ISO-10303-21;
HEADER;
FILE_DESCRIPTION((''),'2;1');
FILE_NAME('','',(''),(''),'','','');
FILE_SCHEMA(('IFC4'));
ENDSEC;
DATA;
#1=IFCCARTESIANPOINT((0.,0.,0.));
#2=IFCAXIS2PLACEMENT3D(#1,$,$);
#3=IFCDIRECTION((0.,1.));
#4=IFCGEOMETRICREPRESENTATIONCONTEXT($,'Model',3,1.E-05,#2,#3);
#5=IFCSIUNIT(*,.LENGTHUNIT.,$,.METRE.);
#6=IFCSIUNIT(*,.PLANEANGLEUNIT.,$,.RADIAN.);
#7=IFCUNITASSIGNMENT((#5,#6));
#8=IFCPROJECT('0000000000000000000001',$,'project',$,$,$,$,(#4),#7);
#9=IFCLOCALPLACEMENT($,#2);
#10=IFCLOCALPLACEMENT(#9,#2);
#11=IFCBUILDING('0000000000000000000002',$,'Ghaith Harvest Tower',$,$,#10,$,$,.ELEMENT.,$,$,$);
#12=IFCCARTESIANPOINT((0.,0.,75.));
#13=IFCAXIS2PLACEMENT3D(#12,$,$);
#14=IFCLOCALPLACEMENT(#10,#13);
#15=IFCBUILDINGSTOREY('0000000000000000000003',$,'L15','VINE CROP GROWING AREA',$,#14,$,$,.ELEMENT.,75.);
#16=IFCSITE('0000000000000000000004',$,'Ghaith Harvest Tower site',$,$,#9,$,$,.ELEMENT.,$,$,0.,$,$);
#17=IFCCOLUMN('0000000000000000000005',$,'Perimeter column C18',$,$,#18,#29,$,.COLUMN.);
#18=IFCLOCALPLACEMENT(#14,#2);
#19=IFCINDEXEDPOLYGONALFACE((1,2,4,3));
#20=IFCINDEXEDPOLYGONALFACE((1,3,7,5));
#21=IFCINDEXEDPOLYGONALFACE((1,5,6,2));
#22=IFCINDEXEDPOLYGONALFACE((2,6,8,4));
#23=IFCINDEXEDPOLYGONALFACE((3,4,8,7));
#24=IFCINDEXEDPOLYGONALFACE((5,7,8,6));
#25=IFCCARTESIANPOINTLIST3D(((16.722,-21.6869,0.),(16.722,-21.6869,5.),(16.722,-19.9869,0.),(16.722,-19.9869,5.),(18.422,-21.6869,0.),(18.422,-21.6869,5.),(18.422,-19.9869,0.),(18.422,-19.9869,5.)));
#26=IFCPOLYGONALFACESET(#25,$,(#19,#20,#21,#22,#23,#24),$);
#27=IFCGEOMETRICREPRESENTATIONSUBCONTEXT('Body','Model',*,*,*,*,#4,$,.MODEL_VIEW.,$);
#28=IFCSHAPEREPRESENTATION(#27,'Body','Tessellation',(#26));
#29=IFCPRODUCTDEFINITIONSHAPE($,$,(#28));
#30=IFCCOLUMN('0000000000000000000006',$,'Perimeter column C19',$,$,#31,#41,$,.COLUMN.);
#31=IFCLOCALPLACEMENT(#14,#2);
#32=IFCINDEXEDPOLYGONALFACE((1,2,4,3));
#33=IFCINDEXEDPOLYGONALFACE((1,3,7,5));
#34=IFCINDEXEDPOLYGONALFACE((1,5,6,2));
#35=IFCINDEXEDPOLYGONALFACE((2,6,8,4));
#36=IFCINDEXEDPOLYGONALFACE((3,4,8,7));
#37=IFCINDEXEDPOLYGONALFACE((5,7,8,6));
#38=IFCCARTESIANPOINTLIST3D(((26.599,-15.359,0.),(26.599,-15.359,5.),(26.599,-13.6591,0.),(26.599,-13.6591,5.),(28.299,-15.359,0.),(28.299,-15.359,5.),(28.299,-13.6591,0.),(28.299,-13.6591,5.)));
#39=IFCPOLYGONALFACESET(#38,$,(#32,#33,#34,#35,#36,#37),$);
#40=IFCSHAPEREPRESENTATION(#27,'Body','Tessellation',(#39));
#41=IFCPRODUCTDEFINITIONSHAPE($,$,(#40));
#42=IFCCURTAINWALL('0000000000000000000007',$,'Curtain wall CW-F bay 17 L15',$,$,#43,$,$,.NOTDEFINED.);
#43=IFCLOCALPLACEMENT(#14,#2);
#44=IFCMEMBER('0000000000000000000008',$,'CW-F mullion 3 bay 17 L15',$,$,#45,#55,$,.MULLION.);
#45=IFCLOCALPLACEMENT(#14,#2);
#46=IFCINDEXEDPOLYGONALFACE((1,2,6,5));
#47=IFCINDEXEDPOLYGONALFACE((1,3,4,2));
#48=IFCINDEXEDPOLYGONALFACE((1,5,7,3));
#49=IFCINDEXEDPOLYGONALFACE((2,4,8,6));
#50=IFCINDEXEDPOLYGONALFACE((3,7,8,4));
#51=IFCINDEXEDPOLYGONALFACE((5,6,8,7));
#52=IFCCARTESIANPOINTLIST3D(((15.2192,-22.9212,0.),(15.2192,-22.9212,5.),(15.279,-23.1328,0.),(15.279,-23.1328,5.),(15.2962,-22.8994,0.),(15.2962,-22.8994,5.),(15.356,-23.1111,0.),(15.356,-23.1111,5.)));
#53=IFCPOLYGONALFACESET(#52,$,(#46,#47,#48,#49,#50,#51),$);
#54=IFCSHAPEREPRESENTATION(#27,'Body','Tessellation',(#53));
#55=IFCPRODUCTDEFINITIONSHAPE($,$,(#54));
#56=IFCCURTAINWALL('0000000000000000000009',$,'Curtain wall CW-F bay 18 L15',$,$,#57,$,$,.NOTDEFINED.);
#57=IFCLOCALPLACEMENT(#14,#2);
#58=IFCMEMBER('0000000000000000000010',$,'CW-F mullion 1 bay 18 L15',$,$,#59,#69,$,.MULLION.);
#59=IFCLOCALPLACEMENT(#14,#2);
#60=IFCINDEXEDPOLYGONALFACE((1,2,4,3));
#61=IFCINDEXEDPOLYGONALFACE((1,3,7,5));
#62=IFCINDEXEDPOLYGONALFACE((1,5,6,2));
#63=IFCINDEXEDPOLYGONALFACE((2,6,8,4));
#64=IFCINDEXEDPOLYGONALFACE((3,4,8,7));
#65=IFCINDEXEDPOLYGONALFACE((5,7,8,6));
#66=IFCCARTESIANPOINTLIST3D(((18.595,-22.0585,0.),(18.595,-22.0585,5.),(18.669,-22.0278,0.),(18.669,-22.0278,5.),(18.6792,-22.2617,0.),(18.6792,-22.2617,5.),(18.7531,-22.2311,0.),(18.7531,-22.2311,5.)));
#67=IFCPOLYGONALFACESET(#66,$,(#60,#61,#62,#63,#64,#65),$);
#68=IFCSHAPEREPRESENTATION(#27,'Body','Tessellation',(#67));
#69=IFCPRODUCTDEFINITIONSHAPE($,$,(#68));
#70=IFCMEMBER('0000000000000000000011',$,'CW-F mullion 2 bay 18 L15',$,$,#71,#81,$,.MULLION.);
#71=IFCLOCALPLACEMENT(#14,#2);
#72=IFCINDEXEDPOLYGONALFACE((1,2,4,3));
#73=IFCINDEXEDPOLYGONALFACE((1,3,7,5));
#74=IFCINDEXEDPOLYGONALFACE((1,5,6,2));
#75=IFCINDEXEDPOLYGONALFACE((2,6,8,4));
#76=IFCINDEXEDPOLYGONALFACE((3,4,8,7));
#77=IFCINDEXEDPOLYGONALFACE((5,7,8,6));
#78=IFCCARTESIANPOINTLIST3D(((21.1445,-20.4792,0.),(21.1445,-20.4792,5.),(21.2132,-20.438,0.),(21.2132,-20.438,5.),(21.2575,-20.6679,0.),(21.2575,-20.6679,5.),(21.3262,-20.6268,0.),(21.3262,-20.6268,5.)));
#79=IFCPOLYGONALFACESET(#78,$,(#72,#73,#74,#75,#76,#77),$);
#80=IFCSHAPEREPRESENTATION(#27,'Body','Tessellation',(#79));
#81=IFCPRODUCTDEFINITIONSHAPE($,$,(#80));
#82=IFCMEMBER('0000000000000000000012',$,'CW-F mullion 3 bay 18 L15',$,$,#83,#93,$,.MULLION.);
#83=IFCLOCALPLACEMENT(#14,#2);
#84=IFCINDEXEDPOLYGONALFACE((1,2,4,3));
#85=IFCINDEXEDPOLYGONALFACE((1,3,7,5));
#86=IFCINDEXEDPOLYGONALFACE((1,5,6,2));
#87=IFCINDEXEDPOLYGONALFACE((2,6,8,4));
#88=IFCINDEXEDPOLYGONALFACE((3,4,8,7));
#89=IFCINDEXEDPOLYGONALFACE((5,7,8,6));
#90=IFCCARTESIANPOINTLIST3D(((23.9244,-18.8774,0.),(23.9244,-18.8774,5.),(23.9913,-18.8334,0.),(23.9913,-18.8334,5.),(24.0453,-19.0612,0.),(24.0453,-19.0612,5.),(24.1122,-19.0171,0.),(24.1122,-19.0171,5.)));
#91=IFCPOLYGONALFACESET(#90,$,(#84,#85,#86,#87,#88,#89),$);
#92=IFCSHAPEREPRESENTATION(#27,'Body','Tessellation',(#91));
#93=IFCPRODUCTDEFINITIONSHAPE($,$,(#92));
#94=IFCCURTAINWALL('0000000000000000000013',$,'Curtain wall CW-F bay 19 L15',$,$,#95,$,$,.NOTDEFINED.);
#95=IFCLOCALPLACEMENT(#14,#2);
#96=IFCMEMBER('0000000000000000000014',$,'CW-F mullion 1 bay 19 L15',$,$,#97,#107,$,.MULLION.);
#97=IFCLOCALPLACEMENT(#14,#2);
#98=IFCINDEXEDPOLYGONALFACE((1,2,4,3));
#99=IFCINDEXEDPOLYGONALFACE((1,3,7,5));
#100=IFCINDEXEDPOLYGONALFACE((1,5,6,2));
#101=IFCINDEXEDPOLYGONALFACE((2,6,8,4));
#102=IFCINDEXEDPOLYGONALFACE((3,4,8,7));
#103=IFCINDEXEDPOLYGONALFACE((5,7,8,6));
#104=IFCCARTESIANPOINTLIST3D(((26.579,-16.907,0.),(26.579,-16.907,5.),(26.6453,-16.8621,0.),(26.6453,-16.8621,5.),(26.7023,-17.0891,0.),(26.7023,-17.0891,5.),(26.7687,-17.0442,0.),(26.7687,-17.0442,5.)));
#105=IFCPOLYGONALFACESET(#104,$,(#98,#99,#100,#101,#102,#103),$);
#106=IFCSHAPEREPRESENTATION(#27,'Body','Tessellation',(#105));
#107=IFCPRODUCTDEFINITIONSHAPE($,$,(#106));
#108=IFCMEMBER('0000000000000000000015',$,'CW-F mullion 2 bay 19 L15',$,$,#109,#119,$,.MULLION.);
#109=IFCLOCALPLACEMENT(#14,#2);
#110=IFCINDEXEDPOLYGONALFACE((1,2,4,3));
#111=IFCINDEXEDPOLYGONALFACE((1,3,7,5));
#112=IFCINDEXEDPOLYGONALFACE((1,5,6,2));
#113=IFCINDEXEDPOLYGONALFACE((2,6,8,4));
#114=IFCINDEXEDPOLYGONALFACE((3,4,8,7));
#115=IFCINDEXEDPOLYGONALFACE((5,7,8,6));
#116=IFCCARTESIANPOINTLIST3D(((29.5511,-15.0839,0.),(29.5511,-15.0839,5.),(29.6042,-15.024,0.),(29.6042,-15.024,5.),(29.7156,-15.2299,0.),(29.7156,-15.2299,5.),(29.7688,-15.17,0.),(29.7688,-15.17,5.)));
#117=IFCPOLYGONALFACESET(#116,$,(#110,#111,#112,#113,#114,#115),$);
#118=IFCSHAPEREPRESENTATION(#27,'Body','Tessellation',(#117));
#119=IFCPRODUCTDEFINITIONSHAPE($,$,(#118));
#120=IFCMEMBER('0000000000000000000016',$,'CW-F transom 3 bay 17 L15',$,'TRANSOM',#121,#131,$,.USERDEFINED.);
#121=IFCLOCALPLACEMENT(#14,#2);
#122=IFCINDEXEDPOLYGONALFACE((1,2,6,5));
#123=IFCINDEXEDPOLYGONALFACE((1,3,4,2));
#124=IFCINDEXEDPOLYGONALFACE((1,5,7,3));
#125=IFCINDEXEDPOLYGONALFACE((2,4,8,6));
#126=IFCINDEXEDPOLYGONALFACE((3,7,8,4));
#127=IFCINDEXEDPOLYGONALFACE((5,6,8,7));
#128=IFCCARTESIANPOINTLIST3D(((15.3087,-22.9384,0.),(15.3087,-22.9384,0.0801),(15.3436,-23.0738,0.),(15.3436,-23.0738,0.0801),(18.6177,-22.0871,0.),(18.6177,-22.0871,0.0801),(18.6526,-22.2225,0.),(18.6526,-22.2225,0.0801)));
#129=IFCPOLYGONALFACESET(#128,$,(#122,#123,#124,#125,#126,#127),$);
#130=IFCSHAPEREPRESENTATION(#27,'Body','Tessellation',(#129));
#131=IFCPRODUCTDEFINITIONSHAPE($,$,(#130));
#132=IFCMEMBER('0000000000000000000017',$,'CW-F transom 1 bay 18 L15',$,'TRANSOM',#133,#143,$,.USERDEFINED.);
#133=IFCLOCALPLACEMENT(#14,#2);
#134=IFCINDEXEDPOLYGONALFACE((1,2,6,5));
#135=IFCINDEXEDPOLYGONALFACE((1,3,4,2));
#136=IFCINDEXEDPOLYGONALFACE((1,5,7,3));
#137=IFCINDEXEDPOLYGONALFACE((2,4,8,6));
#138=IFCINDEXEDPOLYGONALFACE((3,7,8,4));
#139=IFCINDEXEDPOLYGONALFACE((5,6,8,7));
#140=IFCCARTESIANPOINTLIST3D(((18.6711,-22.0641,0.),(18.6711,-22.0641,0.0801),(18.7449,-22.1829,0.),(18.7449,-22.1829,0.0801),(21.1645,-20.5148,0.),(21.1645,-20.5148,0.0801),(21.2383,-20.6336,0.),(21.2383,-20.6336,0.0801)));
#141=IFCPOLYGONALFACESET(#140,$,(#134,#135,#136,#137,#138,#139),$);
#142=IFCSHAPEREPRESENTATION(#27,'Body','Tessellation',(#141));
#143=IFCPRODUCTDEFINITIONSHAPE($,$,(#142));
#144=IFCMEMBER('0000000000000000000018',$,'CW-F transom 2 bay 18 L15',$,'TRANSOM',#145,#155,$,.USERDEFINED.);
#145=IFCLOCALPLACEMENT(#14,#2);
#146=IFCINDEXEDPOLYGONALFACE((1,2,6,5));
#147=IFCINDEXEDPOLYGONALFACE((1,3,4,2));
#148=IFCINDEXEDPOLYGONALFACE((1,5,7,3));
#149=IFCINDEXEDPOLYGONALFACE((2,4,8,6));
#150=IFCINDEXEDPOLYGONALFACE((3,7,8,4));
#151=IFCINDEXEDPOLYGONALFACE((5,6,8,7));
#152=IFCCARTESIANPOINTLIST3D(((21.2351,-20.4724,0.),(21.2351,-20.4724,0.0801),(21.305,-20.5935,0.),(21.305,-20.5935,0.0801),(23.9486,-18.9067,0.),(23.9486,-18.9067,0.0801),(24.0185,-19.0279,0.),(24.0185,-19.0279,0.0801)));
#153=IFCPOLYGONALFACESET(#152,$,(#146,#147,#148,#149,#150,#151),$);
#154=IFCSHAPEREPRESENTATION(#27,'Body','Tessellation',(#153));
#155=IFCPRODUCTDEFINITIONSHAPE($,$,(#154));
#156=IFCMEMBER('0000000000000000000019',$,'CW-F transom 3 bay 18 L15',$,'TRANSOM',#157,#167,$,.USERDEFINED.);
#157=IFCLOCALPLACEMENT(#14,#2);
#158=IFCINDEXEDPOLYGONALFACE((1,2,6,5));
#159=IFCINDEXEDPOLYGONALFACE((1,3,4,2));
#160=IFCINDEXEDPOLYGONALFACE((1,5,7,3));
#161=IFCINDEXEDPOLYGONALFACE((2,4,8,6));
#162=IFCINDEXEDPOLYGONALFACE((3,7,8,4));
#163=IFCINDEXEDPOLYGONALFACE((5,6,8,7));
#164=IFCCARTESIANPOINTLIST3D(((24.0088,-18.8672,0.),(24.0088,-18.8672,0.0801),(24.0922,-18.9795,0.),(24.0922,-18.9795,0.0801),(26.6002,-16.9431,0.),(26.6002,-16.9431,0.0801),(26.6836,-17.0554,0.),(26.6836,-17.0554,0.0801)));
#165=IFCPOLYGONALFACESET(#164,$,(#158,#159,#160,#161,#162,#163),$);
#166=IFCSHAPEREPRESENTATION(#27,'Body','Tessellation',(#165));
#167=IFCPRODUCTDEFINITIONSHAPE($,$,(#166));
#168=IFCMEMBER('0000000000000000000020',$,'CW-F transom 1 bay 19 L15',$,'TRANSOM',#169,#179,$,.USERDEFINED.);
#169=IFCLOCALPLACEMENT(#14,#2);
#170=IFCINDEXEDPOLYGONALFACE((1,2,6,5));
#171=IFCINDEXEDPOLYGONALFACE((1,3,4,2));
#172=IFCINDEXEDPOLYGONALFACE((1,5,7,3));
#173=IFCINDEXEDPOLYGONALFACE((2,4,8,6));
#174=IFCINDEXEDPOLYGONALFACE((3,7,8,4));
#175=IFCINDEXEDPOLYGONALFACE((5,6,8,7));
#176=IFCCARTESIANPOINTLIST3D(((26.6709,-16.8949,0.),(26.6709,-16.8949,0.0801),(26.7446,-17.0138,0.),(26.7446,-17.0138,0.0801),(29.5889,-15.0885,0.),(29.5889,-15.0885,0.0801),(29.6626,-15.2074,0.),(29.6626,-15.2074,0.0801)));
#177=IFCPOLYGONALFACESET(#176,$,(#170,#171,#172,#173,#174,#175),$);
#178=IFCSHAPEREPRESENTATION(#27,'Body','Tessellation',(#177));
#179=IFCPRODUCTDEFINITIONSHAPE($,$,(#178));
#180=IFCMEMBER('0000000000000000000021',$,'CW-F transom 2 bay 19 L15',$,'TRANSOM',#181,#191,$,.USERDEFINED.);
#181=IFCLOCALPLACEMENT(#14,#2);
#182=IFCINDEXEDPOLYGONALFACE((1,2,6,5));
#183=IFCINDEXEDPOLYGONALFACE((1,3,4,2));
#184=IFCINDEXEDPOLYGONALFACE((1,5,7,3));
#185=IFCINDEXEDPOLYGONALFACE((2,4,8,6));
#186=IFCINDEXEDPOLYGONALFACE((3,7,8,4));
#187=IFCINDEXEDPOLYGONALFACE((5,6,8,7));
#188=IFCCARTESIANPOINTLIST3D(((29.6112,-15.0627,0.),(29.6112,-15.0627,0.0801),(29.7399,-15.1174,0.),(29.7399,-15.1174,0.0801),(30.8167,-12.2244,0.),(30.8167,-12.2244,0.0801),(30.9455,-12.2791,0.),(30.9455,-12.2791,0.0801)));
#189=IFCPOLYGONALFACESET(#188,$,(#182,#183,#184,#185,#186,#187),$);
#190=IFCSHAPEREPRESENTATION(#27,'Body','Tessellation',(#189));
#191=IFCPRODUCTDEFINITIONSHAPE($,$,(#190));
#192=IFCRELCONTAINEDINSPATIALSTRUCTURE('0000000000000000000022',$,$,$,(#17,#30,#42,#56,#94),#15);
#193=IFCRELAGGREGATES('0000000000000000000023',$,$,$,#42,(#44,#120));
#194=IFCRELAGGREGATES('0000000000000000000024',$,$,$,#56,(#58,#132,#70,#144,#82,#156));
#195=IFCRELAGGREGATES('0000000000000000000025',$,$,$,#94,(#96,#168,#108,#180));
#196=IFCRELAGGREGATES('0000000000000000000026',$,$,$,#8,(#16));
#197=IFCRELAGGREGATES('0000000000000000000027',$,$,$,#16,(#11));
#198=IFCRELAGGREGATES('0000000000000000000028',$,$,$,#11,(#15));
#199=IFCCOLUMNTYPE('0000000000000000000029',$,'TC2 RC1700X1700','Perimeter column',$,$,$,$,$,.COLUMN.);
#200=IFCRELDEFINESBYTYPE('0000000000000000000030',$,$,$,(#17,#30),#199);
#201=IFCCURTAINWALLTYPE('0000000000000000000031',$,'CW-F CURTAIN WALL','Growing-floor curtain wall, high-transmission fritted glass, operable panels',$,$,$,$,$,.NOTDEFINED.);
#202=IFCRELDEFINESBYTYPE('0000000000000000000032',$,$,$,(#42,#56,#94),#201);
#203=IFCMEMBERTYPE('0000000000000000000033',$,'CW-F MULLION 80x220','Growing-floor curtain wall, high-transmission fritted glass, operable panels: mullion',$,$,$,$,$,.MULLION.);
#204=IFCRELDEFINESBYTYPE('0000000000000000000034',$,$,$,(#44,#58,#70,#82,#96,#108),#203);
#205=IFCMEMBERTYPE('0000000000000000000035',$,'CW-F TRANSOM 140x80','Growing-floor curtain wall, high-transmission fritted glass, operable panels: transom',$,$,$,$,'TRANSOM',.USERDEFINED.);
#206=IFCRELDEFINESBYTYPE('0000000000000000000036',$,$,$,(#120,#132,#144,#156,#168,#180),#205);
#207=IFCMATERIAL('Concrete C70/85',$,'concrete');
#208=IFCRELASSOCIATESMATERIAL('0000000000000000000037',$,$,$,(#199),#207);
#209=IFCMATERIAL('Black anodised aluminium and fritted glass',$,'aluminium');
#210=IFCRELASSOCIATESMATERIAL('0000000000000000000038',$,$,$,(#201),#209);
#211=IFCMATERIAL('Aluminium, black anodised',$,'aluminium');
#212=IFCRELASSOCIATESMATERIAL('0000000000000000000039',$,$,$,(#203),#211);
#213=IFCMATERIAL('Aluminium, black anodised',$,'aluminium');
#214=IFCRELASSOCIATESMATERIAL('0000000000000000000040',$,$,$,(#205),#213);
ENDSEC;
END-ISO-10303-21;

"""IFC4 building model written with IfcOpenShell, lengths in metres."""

from ifc_helpers import new_model, si_unit, direction, frame, origin, origin_2d, place, context, subcontext, project, spatial, rectangle, extrude, material, material_profile, profile_set, type_object, element, aggregate, save


model = new_model("IFC4")

# Units and contexts
model_context = context("Model", 3, precision=1e-05, world=origin(), true_north=direction((0.0, 1.0)))
body_context = subcontext(model_context, "Body", "Model", "MODEL_VIEW")
ifc_project = project(units=[si_unit("LENGTHUNIT", "METRE"), si_unit("PLANEANGLEUNIT", "RADIAN")], contexts=[model_context])

# Site, building, storey
site_placement = place(None, origin())
site = spatial("IfcSite", under=ifc_project, at=site_placement, Name="Ghaith Harvest Tower site", CompositionType="ELEMENT", RefElevation=0.0)
building_placement = place(site_placement, origin())
building = spatial("IfcBuilding", under=site, at=building_placement, Name="Ghaith Harvest Tower", CompositionType="ELEMENT")
storey_placement = place(building_placement, frame((0.0, 0.0, 75.0)))
storey = spatial("IfcBuildingStorey", under=building, at=storey_placement, Name="L15", Description="VINE CROP GROWING AREA", CompositionType="ELEMENT", Elevation=75.0)

# Columns
ifc_material_1 = material(Name="Concrete C70/85", Category="concrete")
ifc_material_profile_1 = material_profile(ifc_material_1, rectangle(XDim=1.7, YDim=1.7, at=origin_2d()), Name="RC1700X1700")
ifc_profile_set_1 = profile_set([ifc_material_profile_1], Name="Concrete C70/85")
column_type = type_object("IfcColumnType", Name="TC2 RC1700X1700", Description="Perimeter column", PredefinedType="COLUMN", material=ifc_profile_set_1)
for number, where, z_axis, x_axis, name in (
    (1, (17.572, -20.8369, 0.0), (0.0, 0.0, 1.0), (1.0, 0.0, 0.0), "Perimeter column C18"),
    (2, (27.449, -14.509, 0.0), (0.0, 0.0, 1.0), (1.0, 0.0, 0.0), "Perimeter column C19"),
):
    element("IfcColumn", number, at=place(storey_placement, frame(where, z_axis=z_axis, x_axis=x_axis)), inside=storey, type_object=column_type, Name=name, PredefinedType="COLUMN", context=body_context, shape_type="SweptSolid", body=[
        extrude(rectangle(XDim=1.7, YDim=1.7, at=origin_2d()), origin(), (0.0, 0.0, 1.0), 5.0),
    ])

# Curtain wall, member
ifc_material_2 = material(Name="Black anodised aluminium and fritted glass", Category="aluminium")
curtain_wall_type = type_object("IfcCurtainWallType", Name="CW-F CURTAIN WALL", Description="Growing-floor curtain wall, high-transmission fritted glass, operable panels", PredefinedType="NOTDEFINED", material=ifc_material_2)
curtain_wall_1_placement = place(storey_placement, origin())
curtain_wall_1 = element("IfcCurtainWall", 3, at=curtain_wall_1_placement, inside=storey, type_object=curtain_wall_type, Name="Curtain wall CW-F bay 17 L15", PredefinedType="NOTDEFINED")
ifc_material_3 = material(Name="Aluminium, black anodised", Category="aluminium")
ifc_material_profile_2 = material_profile(ifc_material_3, rectangle(XDim=0.0801, YDim=0.22, at=origin_2d()), Name="CW-F MULLION 80x220")
ifc_profile_set_2 = profile_set([ifc_material_profile_2], Name="Aluminium, black anodised")
member_type_1 = type_object("IfcMemberType", Name="CW-F MULLION 80x220", Description="Growing-floor curtain wall, high-transmission fritted glass, operable panels: mullion", PredefinedType="MULLION", material=ifc_profile_set_2)
member_1_placement = place(storey_placement, frame((15.2876, -23.0161, 0.0), z_axis=(0.0, 0.0, 1.0), x_axis=(0.962313, 0.271944, 0.0)))
member_1 = element("IfcMember", 4, at=member_1_placement, type_object=member_type_1, Name="CW-F mullion 3 bay 17 L15", PredefinedType="MULLION", context=body_context, shape_type="SweptSolid", body=[
    extrude(rectangle(XDim=0.0801, YDim=0.22, at=origin_2d()), origin(), (0.0, 0.0, 1.0), 5.0),
])

# Curtain walls, members
curtain_wall_2_placement = place(storey_placement, origin())
curtain_wall_2 = element("IfcCurtainWall", 5, at=curtain_wall_2_placement, inside=storey, type_object=curtain_wall_type, Name="Curtain wall CW-F bay 18 L15", PredefinedType="NOTDEFINED")
member_2_placement = place(storey_placement, frame((18.6741, -22.1448, 0.0), z_axis=(0.0, 0.0, 1.0), x_axis=(0.92391, 0.382609, 0.0)))
member_2 = element("IfcMember", 6, at=member_2_placement, type_object=member_type_1, Name="CW-F mullion 1 bay 18 L15", PredefinedType="MULLION", context=body_context, shape_type="SweptSolid", body=[
    extrude(rectangle(XDim=0.0801, YDim=0.22, at=origin_2d()), origin(), (0.0, 0.0, 1.0), 5.0),
])
member_3_placement = place(storey_placement, frame((21.2354, -20.553, 0.0), z_axis=(0.0, 0.0, 1.0), x_axis=(0.85814, 0.513415, 0.0)))
member_3 = element("IfcMember", 7, at=member_3_placement, type_object=member_type_1, Name="CW-F mullion 2 bay 18 L15", PredefinedType="MULLION", context=body_context, shape_type="SweptSolid", body=[
    extrude(rectangle(XDim=0.0801, YDim=0.22, at=origin_2d()), origin(), (0.0, 0.0, 1.0), 5.0),
])
member_4_placement = place(storey_placement, frame((24.0183, -18.9473, 0.0), z_axis=(0.0, 0.0, 1.0), x_axis=(0.835444, 0.549576, 0.0)))
member_4 = element("IfcMember", 8, at=member_4_placement, type_object=member_type_1, Name="CW-F mullion 3 bay 18 L15", PredefinedType="MULLION", context=body_context, shape_type="SweptSolid", body=[
    extrude(rectangle(XDim=0.0801, YDim=0.22, at=origin_2d()), origin(), (0.0, 0.0, 1.0), 5.0),
])
curtain_wall_3_placement = place(storey_placement, origin())
curtain_wall_3 = element("IfcCurtainWall", 9, at=curtain_wall_3_placement, inside=storey, type_object=curtain_wall_type, Name="Curtain wall CW-F bay 19 L15", PredefinedType="NOTDEFINED")
member_5_placement = place(storey_placement, frame((26.6738, -16.9756, 0.0), z_axis=(0.0, 0.0, 1.0), x_axis=(0.828002, 0.560725, 0.0)))
member_5 = element("IfcMember", 10, at=member_5_placement, type_object=member_type_1, Name="CW-F mullion 1 bay 19 L15", PredefinedType="MULLION", context=body_context, shape_type="SweptSolid", body=[
    extrude(rectangle(XDim=0.0801, YDim=0.22, at=origin_2d()), origin(), (0.0, 0.0, 1.0), 5.0),
])
member_6_placement = place(storey_placement, frame((29.6599, -15.127, 0.0), z_axis=(0.0, 0.0, 1.0), x_axis=(0.663605, 0.748083, 0.0)))
member_6 = element("IfcMember", 11, at=member_6_placement, type_object=member_type_1, Name="CW-F mullion 2 bay 19 L15", PredefinedType="MULLION", context=body_context, shape_type="SweptSolid", body=[
    extrude(rectangle(XDim=0.0801, YDim=0.22, at=origin_2d()), origin(), (0.0, 0.0, 1.0), 5.0),
])

# Members
ifc_material_4 = material(Name="Aluminium, black anodised", Category="aluminium")
ifc_material_profile_3 = material_profile(ifc_material_4, rectangle(XDim=0.1399, YDim=0.0801, at=origin_2d()), Name="CW-F TRANSOM 140x80")
ifc_profile_set_3 = profile_set([ifc_material_profile_3], Name="Aluminium, black anodised")
member_type_2 = type_object("IfcMemberType", Name="CW-F TRANSOM 140x80", Description="Growing-floor curtain wall, high-transmission fritted glass, operable panels: transom", ElementType="TRANSOM", PredefinedType="USERDEFINED", material=ifc_profile_set_3)
member_7_placement = place(storey_placement, frame((15.3262, -23.0061, 0.04), z_axis=(0.968464, 0.249154, 0.0), x_axis=(-0.249154, 0.968464, 0.0)))
member_7 = element("IfcMember", 12, at=member_7_placement, type_object=member_type_2, Name="CW-F transom 3 bay 17 L15", ObjectType="TRANSOM", PredefinedType="USERDEFINED", context=body_context, shape_type="SweptSolid", body=[
    extrude(rectangle(XDim=0.1399, YDim=0.0801, at=origin_2d()), origin(), (0.0, 0.0, 1.0), 3.4167),
])
member_8_placement = place(storey_placement, frame((18.708, -22.1235, 0.04), z_axis=(0.849383, 0.527777, 0.0), x_axis=(-0.527777, 0.849383, 0.0)))
member_8 = element("IfcMember", 13, at=member_8_placement, type_object=member_type_2, Name="CW-F transom 1 bay 18 L15", ObjectType="TRANSOM", PredefinedType="USERDEFINED", context=body_context, shape_type="SweptSolid", body=[
    extrude(rectangle(XDim=0.1399, YDim=0.0801, at=origin_2d()), origin(), (0.0, 0.0, 1.0), 2.9355),
])
member_9_placement = place(storey_placement, frame((21.27, -20.533, 0.04), z_axis=(0.866169, 0.499752, 0.0), x_axis=(-0.499752, 0.866169, 0.0)))
member_9 = element("IfcMember", 14, at=member_9_placement, type_object=member_type_2, Name="CW-F transom 2 bay 18 L15", ObjectType="TRANSOM", PredefinedType="USERDEFINED", context=body_context, shape_type="SweptSolid", body=[
    extrude(rectangle(XDim=0.1399, YDim=0.0801, at=origin_2d()), origin(), (0.0, 0.0, 1.0), 3.1328),
])
member_10_placement = place(storey_placement, frame((24.0505, -18.9233, 0.04), z_axis=(0.802877, 0.596144, 0.0), x_axis=(-0.596144, 0.802877, 0.0)))
member_10 = element("IfcMember", 15, at=member_10_placement, type_object=member_type_2, Name="CW-F transom 3 bay 18 L15", ObjectType="TRANSOM", PredefinedType="USERDEFINED", context=body_context, shape_type="SweptSolid", body=[
    extrude(rectangle(XDim=0.1399, YDim=0.0801, at=origin_2d()), origin(), (0.0, 0.0, 1.0), 3.2275),
])
member_11_placement = place(storey_placement, frame((26.7078, -16.9543, 0.04), z_axis=(0.850261, 0.526362, 0.0), x_axis=(-0.526362, 0.850261, 0.0)))
member_11 = element("IfcMember", 16, at=member_11_placement, type_object=member_type_2, Name="CW-F transom 1 bay 19 L15", ObjectType="TRANSOM", PredefinedType="USERDEFINED", context=body_context, shape_type="SweptSolid", body=[
    extrude(rectangle(XDim=0.1399, YDim=0.0801, at=origin_2d()), origin(), (0.0, 0.0, 1.0), 3.4319),
])
member_12_placement = place(storey_placement, frame((29.6755, -15.0901, 0.04), z_axis=(0.390936, 0.920418, 0.0), x_axis=(-0.920418, 0.390936, 0.0)))
member_12 = element("IfcMember", 17, at=member_12_placement, type_object=member_type_2, Name="CW-F transom 2 bay 19 L15", ObjectType="TRANSOM", PredefinedType="USERDEFINED", context=body_context, shape_type="SweptSolid", body=[
    extrude(rectangle(XDim=0.1399, YDim=0.0801, at=origin_2d()), origin(), (0.0, 0.0, 1.0), 3.0837),
])

aggregate(curtain_wall_1, [member_1, member_7])
aggregate(curtain_wall_2, [member_2, member_8, member_3, member_9, member_4, member_10])
aggregate(curtain_wall_3, [member_5, member_11, member_6, member_12])

save(model, "model.ifc")
